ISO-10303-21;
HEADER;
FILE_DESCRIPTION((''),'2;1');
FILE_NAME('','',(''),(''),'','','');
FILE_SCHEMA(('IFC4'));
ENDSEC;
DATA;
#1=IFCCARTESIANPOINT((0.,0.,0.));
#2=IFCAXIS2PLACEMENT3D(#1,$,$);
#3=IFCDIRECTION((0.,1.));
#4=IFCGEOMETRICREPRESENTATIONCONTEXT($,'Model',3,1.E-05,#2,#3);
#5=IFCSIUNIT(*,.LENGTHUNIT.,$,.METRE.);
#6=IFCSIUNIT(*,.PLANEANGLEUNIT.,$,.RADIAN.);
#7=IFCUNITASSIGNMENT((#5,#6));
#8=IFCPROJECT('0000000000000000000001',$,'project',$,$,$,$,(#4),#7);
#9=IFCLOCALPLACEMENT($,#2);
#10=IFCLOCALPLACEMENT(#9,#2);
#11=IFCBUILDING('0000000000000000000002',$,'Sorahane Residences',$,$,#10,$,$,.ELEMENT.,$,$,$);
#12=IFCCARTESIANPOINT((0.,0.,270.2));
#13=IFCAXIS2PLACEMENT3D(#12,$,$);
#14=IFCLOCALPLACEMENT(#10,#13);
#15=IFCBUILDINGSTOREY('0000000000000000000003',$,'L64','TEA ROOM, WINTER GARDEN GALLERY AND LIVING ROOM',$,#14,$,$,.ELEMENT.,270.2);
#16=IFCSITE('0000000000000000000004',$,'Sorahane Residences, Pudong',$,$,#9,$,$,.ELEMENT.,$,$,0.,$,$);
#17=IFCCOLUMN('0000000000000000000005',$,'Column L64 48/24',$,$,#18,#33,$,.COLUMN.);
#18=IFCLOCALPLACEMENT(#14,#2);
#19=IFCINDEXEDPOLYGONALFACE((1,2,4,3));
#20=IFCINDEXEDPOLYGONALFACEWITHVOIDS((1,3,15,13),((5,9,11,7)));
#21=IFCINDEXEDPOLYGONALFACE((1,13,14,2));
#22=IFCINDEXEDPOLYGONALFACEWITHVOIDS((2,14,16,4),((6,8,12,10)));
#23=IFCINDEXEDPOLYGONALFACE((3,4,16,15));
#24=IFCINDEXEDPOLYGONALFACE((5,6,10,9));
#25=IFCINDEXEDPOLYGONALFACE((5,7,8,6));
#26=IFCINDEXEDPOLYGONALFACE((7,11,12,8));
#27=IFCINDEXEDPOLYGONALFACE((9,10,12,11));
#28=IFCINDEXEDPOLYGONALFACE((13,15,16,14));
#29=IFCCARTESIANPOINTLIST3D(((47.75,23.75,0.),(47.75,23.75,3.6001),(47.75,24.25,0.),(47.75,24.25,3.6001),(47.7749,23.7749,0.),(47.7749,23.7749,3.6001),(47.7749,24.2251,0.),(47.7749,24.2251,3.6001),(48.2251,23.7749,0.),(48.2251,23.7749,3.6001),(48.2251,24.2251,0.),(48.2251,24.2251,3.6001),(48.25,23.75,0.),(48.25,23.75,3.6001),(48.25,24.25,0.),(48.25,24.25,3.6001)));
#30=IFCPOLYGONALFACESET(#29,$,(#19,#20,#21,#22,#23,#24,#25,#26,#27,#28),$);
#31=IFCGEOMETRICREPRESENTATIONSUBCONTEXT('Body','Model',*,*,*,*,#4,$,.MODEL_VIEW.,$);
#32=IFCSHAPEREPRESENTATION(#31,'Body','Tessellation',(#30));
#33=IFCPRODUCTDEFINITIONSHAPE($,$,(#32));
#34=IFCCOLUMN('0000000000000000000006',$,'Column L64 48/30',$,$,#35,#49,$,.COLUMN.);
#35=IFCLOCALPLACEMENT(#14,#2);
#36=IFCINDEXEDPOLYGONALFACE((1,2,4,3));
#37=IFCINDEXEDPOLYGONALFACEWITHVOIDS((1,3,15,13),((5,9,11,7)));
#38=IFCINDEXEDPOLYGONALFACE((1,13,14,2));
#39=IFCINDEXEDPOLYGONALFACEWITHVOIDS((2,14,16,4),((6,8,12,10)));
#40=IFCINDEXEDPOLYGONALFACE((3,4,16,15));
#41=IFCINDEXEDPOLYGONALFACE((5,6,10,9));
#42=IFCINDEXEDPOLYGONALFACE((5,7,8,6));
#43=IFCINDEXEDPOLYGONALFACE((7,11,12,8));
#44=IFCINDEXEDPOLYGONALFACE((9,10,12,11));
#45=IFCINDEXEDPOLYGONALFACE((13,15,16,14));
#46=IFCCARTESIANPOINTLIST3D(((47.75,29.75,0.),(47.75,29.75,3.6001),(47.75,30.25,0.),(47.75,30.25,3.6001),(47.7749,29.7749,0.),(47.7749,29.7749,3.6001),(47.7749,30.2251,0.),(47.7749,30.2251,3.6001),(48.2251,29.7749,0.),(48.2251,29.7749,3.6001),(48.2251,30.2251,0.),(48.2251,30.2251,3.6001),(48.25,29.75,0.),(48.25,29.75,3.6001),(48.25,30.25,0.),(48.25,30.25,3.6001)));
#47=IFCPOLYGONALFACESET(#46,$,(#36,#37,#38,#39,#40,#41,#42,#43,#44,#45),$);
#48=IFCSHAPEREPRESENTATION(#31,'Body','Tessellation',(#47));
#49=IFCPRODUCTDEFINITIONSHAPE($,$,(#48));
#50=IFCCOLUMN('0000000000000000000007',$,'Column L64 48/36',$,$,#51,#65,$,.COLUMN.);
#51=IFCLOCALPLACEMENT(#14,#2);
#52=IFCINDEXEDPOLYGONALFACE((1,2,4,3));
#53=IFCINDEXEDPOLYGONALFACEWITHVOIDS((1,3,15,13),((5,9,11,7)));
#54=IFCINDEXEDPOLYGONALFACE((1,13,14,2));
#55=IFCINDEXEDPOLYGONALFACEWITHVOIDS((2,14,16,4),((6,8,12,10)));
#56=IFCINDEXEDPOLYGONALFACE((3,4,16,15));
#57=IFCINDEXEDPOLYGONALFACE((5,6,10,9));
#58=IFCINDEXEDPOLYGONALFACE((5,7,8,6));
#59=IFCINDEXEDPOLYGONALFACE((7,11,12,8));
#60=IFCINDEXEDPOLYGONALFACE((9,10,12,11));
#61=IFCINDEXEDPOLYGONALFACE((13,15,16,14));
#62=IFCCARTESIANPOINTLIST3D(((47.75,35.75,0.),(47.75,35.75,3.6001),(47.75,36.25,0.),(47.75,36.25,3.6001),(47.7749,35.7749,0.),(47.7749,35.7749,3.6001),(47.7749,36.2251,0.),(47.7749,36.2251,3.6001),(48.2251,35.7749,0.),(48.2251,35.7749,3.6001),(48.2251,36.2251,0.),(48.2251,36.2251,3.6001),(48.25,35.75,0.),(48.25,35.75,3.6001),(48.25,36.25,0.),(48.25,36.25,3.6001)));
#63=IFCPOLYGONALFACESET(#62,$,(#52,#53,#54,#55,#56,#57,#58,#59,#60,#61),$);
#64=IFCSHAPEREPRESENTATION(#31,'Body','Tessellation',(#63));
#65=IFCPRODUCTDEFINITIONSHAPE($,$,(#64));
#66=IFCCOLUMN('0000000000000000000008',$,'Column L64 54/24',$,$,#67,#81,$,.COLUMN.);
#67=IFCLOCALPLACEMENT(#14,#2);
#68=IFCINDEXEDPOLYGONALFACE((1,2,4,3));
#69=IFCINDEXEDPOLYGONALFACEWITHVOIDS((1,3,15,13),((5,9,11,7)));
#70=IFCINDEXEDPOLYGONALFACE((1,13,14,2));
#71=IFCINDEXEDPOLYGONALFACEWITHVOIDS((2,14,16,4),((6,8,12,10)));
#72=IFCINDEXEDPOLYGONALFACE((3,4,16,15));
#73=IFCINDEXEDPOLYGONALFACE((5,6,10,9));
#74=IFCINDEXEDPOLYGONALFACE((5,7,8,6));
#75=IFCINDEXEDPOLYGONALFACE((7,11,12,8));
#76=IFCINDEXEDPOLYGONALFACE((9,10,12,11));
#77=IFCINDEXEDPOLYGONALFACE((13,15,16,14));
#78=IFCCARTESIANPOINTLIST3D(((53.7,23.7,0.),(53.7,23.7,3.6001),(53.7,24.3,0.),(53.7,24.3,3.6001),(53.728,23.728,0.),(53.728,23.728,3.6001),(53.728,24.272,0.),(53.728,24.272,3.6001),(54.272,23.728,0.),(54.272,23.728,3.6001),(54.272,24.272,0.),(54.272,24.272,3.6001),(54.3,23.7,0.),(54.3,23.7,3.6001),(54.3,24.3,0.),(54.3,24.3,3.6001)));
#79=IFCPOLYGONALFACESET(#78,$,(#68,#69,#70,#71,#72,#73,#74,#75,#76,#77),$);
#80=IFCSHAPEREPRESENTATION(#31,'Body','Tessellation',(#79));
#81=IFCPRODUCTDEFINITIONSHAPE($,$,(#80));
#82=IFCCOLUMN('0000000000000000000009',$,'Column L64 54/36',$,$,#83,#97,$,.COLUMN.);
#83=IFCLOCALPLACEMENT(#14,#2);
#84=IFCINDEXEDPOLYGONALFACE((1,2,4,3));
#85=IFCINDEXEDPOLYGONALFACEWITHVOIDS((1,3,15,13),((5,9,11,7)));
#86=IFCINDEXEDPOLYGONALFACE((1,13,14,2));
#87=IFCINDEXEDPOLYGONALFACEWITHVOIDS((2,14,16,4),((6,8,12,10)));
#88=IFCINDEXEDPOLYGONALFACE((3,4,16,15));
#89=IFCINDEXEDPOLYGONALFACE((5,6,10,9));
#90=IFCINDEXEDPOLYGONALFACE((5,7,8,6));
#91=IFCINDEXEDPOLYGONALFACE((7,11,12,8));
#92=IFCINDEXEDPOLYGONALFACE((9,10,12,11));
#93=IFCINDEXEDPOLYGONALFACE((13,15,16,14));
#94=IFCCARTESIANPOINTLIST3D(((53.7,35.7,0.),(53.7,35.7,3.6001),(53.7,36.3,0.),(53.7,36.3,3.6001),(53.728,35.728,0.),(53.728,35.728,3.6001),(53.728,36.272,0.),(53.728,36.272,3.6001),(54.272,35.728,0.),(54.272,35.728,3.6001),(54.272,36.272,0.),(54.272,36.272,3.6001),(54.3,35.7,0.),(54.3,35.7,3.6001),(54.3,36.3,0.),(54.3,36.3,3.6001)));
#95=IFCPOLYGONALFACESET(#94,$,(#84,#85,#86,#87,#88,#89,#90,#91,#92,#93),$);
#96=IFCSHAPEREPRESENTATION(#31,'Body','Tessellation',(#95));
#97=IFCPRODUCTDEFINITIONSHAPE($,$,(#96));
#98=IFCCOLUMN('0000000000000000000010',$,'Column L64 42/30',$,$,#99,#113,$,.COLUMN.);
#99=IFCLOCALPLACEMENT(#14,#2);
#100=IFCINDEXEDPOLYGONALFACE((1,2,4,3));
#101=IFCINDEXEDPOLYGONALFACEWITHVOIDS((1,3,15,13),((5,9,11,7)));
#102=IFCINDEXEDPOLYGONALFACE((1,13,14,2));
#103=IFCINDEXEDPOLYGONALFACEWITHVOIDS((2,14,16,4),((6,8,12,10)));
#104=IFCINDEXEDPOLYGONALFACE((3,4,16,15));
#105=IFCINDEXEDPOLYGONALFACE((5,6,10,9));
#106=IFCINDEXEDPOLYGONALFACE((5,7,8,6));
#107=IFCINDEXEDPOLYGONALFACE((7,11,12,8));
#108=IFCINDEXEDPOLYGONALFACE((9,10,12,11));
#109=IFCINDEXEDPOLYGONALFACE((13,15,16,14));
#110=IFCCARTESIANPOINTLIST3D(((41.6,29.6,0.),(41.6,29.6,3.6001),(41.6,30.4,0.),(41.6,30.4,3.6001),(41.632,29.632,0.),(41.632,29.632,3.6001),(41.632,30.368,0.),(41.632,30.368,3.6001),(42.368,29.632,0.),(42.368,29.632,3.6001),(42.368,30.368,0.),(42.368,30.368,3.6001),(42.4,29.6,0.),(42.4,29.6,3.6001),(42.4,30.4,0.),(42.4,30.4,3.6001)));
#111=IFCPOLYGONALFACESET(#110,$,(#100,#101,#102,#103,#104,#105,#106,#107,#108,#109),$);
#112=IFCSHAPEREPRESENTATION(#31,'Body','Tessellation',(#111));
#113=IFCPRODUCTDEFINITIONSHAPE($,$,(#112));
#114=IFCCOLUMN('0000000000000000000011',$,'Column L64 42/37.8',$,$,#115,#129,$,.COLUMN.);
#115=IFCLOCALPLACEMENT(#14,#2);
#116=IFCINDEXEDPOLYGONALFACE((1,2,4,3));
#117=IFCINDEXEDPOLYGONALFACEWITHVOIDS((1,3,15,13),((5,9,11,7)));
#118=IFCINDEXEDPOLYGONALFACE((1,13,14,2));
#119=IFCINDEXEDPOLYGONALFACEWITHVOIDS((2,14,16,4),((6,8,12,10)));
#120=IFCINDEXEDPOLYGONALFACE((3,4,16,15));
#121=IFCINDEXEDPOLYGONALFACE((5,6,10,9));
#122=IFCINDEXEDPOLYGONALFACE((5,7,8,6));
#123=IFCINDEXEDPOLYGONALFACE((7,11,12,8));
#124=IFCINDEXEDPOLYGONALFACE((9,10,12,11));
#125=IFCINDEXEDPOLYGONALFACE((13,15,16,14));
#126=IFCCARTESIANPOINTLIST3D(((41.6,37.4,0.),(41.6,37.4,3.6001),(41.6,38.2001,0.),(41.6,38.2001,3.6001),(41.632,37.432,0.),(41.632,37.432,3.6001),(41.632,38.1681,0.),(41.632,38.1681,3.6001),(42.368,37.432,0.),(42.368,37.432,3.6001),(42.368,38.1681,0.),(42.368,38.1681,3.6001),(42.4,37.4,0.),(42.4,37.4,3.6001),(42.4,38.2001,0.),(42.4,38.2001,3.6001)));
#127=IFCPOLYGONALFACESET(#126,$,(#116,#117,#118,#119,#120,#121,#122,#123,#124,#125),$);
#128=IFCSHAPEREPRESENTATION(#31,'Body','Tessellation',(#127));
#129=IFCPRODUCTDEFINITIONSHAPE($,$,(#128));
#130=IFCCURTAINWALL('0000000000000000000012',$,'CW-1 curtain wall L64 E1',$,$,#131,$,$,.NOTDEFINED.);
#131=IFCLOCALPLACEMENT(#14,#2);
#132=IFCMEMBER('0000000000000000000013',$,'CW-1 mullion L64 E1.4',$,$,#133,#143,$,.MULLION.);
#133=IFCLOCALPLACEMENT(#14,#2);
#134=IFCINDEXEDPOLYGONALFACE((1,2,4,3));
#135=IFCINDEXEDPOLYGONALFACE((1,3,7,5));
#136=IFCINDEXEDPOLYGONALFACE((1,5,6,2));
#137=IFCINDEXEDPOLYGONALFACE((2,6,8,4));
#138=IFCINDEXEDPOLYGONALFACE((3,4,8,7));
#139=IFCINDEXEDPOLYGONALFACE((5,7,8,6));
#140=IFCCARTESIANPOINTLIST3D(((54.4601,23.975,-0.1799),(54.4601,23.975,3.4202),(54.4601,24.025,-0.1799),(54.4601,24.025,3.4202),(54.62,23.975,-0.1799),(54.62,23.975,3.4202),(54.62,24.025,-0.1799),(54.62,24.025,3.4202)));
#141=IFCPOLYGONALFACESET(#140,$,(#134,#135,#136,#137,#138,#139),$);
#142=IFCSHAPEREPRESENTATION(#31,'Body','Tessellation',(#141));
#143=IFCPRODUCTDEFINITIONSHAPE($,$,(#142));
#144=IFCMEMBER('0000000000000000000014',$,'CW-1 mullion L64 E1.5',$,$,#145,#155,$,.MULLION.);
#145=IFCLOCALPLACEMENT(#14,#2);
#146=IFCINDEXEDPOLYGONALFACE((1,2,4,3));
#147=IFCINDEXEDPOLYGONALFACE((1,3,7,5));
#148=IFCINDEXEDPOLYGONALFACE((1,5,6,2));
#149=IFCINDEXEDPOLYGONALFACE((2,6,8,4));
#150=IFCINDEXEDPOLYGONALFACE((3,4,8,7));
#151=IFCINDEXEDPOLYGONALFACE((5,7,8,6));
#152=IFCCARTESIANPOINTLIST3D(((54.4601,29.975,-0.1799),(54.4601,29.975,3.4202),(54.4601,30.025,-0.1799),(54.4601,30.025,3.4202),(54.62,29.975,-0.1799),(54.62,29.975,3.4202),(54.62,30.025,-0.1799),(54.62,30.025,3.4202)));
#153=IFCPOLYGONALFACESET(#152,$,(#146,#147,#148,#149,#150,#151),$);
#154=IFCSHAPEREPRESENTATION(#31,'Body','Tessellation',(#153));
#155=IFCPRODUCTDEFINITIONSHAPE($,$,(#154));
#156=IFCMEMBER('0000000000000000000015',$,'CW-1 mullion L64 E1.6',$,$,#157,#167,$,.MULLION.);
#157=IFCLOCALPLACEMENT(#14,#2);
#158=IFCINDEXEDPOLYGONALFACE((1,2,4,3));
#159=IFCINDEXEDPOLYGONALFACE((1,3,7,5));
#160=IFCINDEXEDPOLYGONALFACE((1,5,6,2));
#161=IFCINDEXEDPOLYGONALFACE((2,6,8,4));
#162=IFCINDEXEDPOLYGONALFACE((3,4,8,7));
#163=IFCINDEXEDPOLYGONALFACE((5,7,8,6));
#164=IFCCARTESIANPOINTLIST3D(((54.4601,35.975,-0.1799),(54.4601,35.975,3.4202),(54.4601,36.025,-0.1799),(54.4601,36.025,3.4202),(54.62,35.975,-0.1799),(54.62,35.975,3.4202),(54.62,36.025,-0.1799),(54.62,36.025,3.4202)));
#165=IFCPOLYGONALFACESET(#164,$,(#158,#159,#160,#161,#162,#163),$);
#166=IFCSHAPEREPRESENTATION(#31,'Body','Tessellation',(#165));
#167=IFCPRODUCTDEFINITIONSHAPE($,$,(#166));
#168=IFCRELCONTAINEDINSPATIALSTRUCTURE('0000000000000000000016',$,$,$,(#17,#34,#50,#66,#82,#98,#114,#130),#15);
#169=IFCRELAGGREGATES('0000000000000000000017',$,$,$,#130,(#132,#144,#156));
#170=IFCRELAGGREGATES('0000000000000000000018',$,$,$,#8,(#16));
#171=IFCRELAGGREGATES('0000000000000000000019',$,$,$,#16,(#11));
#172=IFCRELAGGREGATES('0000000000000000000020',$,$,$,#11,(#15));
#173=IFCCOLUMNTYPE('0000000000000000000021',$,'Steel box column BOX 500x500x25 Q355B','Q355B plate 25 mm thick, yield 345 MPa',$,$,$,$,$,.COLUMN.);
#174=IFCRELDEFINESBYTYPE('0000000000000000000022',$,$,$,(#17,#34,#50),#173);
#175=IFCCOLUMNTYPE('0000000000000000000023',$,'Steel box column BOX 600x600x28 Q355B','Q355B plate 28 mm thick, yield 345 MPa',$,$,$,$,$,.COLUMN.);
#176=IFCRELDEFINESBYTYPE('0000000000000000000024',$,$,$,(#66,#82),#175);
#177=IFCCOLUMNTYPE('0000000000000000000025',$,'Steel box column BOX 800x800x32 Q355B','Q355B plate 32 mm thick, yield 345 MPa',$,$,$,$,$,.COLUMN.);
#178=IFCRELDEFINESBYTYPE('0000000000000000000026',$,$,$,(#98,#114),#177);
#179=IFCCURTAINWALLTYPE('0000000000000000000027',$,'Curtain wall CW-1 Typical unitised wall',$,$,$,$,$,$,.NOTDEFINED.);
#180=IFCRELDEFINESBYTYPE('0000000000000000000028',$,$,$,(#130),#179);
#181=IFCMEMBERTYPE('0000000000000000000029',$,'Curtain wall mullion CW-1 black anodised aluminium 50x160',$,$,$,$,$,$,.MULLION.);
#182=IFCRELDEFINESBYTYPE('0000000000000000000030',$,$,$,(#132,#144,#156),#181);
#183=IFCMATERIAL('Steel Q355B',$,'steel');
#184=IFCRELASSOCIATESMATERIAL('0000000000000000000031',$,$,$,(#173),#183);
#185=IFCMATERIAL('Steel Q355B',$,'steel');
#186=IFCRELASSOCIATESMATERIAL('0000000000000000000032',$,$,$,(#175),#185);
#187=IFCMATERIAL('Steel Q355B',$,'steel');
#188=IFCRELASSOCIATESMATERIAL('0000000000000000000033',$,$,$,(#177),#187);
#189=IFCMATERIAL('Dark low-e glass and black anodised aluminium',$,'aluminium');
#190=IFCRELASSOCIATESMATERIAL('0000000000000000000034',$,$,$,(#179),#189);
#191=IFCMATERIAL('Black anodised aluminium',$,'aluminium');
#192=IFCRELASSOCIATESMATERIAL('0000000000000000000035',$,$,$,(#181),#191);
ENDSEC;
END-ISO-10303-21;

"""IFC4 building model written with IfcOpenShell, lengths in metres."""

from ifc_helpers import new_model, si_unit, direction, frame, origin, origin_2d, place, context, subcontext, project, spatial, rectangle, hollow_rectangle, extrude, material, material_profile, profile_set, type_object, element, aggregate, save


model = new_model("IFC4")

# Units and contexts
model_context = context("Model", 3, precision=1e-05, world=origin(), true_north=direction((0.0, 1.0)))
body_context = subcontext(model_context, "Body", "Model", "MODEL_VIEW")
ifc_project = project(units=[si_unit("LENGTHUNIT", "METRE"), si_unit("PLANEANGLEUNIT", "RADIAN")], contexts=[model_context])

# Site, building, storey
site_placement = place(None, origin())
site = spatial("IfcSite", under=ifc_project, at=site_placement, Name="Sorahane Residences, Pudong", CompositionType="ELEMENT", RefElevation=0.0)
building_placement = place(site_placement, origin())
building = spatial("IfcBuilding", under=site, at=building_placement, Name="Sorahane Residences", CompositionType="ELEMENT")
storey_placement = place(building_placement, frame((0.0, 0.0, 270.2)))
storey = spatial("IfcBuildingStorey", under=building, at=storey_placement, Name="L64", Description="TEA ROOM, WINTER GARDEN GALLERY AND LIVING ROOM", CompositionType="ELEMENT", Elevation=270.2)

# Columns
ifc_material_1 = material(Name="Steel Q355B", Category="steel")
ifc_material_profile_1 = material_profile(ifc_material_1, hollow_rectangle(XDim=0.5, YDim=0.5, WallThickness=0.0249, at=origin_2d()), Name="BOX 500x500x25")
ifc_profile_set_1 = profile_set([ifc_material_profile_1], Name="Steel Q355B")
column_type_1 = type_object("IfcColumnType", Name="Steel box column BOX 500x500x25 Q355B", Description="Q355B plate 25 mm thick, yield 345 MPa", PredefinedType="COLUMN", material=ifc_profile_set_1)
for number, where, z_axis, x_axis, name in (
    (1, (48.0, 24.0, 0.0), (0.0, 0.0, 1.0), (1.0, 0.0, 0.0), "Column L64 48/24"),
    (2, (48.0, 30.0, 0.0), (0.0, 0.0, 1.0), (1.0, 0.0, 0.0), "Column L64 48/30"),
    (3, (48.0, 36.0, 0.0), (0.0, 0.0, 1.0), (1.0, 0.0, 0.0), "Column L64 48/36"),
):
    element("IfcColumn", number, at=place(storey_placement, frame(where, z_axis=z_axis, x_axis=x_axis)), inside=storey, type_object=column_type_1, Name=name, PredefinedType="COLUMN", context=body_context, shape_type="SweptSolid", body=[
        extrude(hollow_rectangle(XDim=0.5, YDim=0.5, WallThickness=0.0249, at=origin_2d()), origin(), (0.0, 0.0, 1.0), 3.6001),
    ])
ifc_material_2 = material(Name="Steel Q355B", Category="steel")
ifc_material_profile_2 = material_profile(ifc_material_2, hollow_rectangle(XDim=0.6001, YDim=0.6001, WallThickness=0.0281, at=origin_2d()), Name="BOX 600x600x28")
ifc_profile_set_2 = profile_set([ifc_material_profile_2], Name="Steel Q355B")
column_type_2 = type_object("IfcColumnType", Name="Steel box column BOX 600x600x28 Q355B", Description="Q355B plate 28 mm thick, yield 345 MPa", PredefinedType="COLUMN", material=ifc_profile_set_2)
for number, where, z_axis, x_axis, name in (
    (4, (54.0, 24.0, 0.0), (0.0, 0.0, 1.0), (1.0, 0.0, 0.0), "Column L64 54/24"),
    (5, (54.0, 36.0, 0.0), (0.0, 0.0, 1.0), (1.0, 0.0, 0.0), "Column L64 54/36"),
):
    element("IfcColumn", number, at=place(storey_placement, frame(where, z_axis=z_axis, x_axis=x_axis)), inside=storey, type_object=column_type_2, Name=name, PredefinedType="COLUMN", context=body_context, shape_type="SweptSolid", body=[
        extrude(hollow_rectangle(XDim=0.6001, YDim=0.6001, WallThickness=0.0281, at=origin_2d()), origin(), (0.0, 0.0, 1.0), 3.6001),
    ])
ifc_material_3 = material(Name="Steel Q355B", Category="steel")
ifc_material_profile_3 = material_profile(ifc_material_3, hollow_rectangle(XDim=0.8, YDim=0.8, WallThickness=0.032, at=origin_2d()), Name="BOX 800x800x32")
ifc_profile_set_3 = profile_set([ifc_material_profile_3], Name="Steel Q355B")
column_type_3 = type_object("IfcColumnType", Name="Steel box column BOX 800x800x32 Q355B", Description="Q355B plate 32 mm thick, yield 345 MPa", PredefinedType="COLUMN", material=ifc_profile_set_3)
for number, where, z_axis, x_axis, name in (
    (6, (42.0, 30.0, 0.0), (0.0, 0.0, 1.0), (1.0, 0.0, 0.0), "Column L64 42/30"),
    (7, (42.0, 37.8, 0.0), (0.0, 0.0, 1.0), (1.0, 0.0, 0.0), "Column L64 42/37.8"),
):
    element("IfcColumn", number, at=place(storey_placement, frame(where, z_axis=z_axis, x_axis=x_axis)), inside=storey, type_object=column_type_3, Name=name, PredefinedType="COLUMN", context=body_context, shape_type="SweptSolid", body=[
        extrude(hollow_rectangle(XDim=0.8, YDim=0.8, WallThickness=0.032, at=origin_2d()), origin(), (0.0, 0.0, 1.0), 3.6001),
    ])

# Curtain wall, members
ifc_material_4 = material(Name="Dark low-e glass and black anodised aluminium", Category="aluminium")
curtain_wall_type = type_object("IfcCurtainWallType", Name="Curtain wall CW-1 Typical unitised wall", PredefinedType="NOTDEFINED", material=ifc_material_4)
curtain_wall_placement = place(storey_placement, origin())
curtain_wall = element("IfcCurtainWall", 8, at=curtain_wall_placement, inside=storey, type_object=curtain_wall_type, Name="CW-1 curtain wall L64 E1", PredefinedType="NOTDEFINED")
ifc_material_5 = material(Name="Black anodised aluminium", Category="aluminium")
ifc_material_profile_4 = material_profile(ifc_material_5, rectangle(XDim=0.1599, YDim=0.05, at=origin_2d()), Name="Curtain wall mullion CW-1 black anodised aluminium 50x160")
ifc_profile_set_4 = profile_set([ifc_material_profile_4], Name="Black anodised aluminium")
member_type = type_object("IfcMemberType", Name="Curtain wall mullion CW-1 black anodised aluminium 50x160", PredefinedType="MULLION", material=ifc_profile_set_4)
member_1_placement = place(storey_placement, frame((54.54, 24.0, -0.1799), z_axis=(0.0, 0.0, 1.0), x_axis=(1.0, 0.0, 0.0)))
member_1 = element("IfcMember", 9, at=member_1_placement, type_object=member_type, Name="CW-1 mullion L64 E1.4", PredefinedType="MULLION", context=body_context, shape_type="SweptSolid", body=[
    extrude(rectangle(XDim=0.1599, YDim=0.05, at=origin_2d()), origin(), (0.0, 0.0, 1.0), 3.6001),
])
member_2_placement = place(storey_placement, frame((54.54, 30.0, -0.1799), z_axis=(0.0, 0.0, 1.0), x_axis=(1.0, 0.0, 0.0)))
member_2 = element("IfcMember", 10, at=member_2_placement, type_object=member_type, Name="CW-1 mullion L64 E1.5", PredefinedType="MULLION", context=body_context, shape_type="SweptSolid", body=[
    extrude(rectangle(XDim=0.1599, YDim=0.05, at=origin_2d()), origin(), (0.0, 0.0, 1.0), 3.6001),
])
member_3_placement = place(storey_placement, frame((54.54, 36.0, -0.1799), z_axis=(0.0, 0.0, 1.0), x_axis=(1.0, 0.0, 0.0)))
member_3 = element("IfcMember", 11, at=member_3_placement, type_object=member_type, Name="CW-1 mullion L64 E1.6", PredefinedType="MULLION", context=body_context, shape_type="SweptSolid", body=[
    extrude(rectangle(XDim=0.1599, YDim=0.05, at=origin_2d()), origin(), (0.0, 0.0, 1.0), 3.6001),
])

aggregate(curtain_wall, [member_1, member_2, member_3])

save(model, "model.ifc")
